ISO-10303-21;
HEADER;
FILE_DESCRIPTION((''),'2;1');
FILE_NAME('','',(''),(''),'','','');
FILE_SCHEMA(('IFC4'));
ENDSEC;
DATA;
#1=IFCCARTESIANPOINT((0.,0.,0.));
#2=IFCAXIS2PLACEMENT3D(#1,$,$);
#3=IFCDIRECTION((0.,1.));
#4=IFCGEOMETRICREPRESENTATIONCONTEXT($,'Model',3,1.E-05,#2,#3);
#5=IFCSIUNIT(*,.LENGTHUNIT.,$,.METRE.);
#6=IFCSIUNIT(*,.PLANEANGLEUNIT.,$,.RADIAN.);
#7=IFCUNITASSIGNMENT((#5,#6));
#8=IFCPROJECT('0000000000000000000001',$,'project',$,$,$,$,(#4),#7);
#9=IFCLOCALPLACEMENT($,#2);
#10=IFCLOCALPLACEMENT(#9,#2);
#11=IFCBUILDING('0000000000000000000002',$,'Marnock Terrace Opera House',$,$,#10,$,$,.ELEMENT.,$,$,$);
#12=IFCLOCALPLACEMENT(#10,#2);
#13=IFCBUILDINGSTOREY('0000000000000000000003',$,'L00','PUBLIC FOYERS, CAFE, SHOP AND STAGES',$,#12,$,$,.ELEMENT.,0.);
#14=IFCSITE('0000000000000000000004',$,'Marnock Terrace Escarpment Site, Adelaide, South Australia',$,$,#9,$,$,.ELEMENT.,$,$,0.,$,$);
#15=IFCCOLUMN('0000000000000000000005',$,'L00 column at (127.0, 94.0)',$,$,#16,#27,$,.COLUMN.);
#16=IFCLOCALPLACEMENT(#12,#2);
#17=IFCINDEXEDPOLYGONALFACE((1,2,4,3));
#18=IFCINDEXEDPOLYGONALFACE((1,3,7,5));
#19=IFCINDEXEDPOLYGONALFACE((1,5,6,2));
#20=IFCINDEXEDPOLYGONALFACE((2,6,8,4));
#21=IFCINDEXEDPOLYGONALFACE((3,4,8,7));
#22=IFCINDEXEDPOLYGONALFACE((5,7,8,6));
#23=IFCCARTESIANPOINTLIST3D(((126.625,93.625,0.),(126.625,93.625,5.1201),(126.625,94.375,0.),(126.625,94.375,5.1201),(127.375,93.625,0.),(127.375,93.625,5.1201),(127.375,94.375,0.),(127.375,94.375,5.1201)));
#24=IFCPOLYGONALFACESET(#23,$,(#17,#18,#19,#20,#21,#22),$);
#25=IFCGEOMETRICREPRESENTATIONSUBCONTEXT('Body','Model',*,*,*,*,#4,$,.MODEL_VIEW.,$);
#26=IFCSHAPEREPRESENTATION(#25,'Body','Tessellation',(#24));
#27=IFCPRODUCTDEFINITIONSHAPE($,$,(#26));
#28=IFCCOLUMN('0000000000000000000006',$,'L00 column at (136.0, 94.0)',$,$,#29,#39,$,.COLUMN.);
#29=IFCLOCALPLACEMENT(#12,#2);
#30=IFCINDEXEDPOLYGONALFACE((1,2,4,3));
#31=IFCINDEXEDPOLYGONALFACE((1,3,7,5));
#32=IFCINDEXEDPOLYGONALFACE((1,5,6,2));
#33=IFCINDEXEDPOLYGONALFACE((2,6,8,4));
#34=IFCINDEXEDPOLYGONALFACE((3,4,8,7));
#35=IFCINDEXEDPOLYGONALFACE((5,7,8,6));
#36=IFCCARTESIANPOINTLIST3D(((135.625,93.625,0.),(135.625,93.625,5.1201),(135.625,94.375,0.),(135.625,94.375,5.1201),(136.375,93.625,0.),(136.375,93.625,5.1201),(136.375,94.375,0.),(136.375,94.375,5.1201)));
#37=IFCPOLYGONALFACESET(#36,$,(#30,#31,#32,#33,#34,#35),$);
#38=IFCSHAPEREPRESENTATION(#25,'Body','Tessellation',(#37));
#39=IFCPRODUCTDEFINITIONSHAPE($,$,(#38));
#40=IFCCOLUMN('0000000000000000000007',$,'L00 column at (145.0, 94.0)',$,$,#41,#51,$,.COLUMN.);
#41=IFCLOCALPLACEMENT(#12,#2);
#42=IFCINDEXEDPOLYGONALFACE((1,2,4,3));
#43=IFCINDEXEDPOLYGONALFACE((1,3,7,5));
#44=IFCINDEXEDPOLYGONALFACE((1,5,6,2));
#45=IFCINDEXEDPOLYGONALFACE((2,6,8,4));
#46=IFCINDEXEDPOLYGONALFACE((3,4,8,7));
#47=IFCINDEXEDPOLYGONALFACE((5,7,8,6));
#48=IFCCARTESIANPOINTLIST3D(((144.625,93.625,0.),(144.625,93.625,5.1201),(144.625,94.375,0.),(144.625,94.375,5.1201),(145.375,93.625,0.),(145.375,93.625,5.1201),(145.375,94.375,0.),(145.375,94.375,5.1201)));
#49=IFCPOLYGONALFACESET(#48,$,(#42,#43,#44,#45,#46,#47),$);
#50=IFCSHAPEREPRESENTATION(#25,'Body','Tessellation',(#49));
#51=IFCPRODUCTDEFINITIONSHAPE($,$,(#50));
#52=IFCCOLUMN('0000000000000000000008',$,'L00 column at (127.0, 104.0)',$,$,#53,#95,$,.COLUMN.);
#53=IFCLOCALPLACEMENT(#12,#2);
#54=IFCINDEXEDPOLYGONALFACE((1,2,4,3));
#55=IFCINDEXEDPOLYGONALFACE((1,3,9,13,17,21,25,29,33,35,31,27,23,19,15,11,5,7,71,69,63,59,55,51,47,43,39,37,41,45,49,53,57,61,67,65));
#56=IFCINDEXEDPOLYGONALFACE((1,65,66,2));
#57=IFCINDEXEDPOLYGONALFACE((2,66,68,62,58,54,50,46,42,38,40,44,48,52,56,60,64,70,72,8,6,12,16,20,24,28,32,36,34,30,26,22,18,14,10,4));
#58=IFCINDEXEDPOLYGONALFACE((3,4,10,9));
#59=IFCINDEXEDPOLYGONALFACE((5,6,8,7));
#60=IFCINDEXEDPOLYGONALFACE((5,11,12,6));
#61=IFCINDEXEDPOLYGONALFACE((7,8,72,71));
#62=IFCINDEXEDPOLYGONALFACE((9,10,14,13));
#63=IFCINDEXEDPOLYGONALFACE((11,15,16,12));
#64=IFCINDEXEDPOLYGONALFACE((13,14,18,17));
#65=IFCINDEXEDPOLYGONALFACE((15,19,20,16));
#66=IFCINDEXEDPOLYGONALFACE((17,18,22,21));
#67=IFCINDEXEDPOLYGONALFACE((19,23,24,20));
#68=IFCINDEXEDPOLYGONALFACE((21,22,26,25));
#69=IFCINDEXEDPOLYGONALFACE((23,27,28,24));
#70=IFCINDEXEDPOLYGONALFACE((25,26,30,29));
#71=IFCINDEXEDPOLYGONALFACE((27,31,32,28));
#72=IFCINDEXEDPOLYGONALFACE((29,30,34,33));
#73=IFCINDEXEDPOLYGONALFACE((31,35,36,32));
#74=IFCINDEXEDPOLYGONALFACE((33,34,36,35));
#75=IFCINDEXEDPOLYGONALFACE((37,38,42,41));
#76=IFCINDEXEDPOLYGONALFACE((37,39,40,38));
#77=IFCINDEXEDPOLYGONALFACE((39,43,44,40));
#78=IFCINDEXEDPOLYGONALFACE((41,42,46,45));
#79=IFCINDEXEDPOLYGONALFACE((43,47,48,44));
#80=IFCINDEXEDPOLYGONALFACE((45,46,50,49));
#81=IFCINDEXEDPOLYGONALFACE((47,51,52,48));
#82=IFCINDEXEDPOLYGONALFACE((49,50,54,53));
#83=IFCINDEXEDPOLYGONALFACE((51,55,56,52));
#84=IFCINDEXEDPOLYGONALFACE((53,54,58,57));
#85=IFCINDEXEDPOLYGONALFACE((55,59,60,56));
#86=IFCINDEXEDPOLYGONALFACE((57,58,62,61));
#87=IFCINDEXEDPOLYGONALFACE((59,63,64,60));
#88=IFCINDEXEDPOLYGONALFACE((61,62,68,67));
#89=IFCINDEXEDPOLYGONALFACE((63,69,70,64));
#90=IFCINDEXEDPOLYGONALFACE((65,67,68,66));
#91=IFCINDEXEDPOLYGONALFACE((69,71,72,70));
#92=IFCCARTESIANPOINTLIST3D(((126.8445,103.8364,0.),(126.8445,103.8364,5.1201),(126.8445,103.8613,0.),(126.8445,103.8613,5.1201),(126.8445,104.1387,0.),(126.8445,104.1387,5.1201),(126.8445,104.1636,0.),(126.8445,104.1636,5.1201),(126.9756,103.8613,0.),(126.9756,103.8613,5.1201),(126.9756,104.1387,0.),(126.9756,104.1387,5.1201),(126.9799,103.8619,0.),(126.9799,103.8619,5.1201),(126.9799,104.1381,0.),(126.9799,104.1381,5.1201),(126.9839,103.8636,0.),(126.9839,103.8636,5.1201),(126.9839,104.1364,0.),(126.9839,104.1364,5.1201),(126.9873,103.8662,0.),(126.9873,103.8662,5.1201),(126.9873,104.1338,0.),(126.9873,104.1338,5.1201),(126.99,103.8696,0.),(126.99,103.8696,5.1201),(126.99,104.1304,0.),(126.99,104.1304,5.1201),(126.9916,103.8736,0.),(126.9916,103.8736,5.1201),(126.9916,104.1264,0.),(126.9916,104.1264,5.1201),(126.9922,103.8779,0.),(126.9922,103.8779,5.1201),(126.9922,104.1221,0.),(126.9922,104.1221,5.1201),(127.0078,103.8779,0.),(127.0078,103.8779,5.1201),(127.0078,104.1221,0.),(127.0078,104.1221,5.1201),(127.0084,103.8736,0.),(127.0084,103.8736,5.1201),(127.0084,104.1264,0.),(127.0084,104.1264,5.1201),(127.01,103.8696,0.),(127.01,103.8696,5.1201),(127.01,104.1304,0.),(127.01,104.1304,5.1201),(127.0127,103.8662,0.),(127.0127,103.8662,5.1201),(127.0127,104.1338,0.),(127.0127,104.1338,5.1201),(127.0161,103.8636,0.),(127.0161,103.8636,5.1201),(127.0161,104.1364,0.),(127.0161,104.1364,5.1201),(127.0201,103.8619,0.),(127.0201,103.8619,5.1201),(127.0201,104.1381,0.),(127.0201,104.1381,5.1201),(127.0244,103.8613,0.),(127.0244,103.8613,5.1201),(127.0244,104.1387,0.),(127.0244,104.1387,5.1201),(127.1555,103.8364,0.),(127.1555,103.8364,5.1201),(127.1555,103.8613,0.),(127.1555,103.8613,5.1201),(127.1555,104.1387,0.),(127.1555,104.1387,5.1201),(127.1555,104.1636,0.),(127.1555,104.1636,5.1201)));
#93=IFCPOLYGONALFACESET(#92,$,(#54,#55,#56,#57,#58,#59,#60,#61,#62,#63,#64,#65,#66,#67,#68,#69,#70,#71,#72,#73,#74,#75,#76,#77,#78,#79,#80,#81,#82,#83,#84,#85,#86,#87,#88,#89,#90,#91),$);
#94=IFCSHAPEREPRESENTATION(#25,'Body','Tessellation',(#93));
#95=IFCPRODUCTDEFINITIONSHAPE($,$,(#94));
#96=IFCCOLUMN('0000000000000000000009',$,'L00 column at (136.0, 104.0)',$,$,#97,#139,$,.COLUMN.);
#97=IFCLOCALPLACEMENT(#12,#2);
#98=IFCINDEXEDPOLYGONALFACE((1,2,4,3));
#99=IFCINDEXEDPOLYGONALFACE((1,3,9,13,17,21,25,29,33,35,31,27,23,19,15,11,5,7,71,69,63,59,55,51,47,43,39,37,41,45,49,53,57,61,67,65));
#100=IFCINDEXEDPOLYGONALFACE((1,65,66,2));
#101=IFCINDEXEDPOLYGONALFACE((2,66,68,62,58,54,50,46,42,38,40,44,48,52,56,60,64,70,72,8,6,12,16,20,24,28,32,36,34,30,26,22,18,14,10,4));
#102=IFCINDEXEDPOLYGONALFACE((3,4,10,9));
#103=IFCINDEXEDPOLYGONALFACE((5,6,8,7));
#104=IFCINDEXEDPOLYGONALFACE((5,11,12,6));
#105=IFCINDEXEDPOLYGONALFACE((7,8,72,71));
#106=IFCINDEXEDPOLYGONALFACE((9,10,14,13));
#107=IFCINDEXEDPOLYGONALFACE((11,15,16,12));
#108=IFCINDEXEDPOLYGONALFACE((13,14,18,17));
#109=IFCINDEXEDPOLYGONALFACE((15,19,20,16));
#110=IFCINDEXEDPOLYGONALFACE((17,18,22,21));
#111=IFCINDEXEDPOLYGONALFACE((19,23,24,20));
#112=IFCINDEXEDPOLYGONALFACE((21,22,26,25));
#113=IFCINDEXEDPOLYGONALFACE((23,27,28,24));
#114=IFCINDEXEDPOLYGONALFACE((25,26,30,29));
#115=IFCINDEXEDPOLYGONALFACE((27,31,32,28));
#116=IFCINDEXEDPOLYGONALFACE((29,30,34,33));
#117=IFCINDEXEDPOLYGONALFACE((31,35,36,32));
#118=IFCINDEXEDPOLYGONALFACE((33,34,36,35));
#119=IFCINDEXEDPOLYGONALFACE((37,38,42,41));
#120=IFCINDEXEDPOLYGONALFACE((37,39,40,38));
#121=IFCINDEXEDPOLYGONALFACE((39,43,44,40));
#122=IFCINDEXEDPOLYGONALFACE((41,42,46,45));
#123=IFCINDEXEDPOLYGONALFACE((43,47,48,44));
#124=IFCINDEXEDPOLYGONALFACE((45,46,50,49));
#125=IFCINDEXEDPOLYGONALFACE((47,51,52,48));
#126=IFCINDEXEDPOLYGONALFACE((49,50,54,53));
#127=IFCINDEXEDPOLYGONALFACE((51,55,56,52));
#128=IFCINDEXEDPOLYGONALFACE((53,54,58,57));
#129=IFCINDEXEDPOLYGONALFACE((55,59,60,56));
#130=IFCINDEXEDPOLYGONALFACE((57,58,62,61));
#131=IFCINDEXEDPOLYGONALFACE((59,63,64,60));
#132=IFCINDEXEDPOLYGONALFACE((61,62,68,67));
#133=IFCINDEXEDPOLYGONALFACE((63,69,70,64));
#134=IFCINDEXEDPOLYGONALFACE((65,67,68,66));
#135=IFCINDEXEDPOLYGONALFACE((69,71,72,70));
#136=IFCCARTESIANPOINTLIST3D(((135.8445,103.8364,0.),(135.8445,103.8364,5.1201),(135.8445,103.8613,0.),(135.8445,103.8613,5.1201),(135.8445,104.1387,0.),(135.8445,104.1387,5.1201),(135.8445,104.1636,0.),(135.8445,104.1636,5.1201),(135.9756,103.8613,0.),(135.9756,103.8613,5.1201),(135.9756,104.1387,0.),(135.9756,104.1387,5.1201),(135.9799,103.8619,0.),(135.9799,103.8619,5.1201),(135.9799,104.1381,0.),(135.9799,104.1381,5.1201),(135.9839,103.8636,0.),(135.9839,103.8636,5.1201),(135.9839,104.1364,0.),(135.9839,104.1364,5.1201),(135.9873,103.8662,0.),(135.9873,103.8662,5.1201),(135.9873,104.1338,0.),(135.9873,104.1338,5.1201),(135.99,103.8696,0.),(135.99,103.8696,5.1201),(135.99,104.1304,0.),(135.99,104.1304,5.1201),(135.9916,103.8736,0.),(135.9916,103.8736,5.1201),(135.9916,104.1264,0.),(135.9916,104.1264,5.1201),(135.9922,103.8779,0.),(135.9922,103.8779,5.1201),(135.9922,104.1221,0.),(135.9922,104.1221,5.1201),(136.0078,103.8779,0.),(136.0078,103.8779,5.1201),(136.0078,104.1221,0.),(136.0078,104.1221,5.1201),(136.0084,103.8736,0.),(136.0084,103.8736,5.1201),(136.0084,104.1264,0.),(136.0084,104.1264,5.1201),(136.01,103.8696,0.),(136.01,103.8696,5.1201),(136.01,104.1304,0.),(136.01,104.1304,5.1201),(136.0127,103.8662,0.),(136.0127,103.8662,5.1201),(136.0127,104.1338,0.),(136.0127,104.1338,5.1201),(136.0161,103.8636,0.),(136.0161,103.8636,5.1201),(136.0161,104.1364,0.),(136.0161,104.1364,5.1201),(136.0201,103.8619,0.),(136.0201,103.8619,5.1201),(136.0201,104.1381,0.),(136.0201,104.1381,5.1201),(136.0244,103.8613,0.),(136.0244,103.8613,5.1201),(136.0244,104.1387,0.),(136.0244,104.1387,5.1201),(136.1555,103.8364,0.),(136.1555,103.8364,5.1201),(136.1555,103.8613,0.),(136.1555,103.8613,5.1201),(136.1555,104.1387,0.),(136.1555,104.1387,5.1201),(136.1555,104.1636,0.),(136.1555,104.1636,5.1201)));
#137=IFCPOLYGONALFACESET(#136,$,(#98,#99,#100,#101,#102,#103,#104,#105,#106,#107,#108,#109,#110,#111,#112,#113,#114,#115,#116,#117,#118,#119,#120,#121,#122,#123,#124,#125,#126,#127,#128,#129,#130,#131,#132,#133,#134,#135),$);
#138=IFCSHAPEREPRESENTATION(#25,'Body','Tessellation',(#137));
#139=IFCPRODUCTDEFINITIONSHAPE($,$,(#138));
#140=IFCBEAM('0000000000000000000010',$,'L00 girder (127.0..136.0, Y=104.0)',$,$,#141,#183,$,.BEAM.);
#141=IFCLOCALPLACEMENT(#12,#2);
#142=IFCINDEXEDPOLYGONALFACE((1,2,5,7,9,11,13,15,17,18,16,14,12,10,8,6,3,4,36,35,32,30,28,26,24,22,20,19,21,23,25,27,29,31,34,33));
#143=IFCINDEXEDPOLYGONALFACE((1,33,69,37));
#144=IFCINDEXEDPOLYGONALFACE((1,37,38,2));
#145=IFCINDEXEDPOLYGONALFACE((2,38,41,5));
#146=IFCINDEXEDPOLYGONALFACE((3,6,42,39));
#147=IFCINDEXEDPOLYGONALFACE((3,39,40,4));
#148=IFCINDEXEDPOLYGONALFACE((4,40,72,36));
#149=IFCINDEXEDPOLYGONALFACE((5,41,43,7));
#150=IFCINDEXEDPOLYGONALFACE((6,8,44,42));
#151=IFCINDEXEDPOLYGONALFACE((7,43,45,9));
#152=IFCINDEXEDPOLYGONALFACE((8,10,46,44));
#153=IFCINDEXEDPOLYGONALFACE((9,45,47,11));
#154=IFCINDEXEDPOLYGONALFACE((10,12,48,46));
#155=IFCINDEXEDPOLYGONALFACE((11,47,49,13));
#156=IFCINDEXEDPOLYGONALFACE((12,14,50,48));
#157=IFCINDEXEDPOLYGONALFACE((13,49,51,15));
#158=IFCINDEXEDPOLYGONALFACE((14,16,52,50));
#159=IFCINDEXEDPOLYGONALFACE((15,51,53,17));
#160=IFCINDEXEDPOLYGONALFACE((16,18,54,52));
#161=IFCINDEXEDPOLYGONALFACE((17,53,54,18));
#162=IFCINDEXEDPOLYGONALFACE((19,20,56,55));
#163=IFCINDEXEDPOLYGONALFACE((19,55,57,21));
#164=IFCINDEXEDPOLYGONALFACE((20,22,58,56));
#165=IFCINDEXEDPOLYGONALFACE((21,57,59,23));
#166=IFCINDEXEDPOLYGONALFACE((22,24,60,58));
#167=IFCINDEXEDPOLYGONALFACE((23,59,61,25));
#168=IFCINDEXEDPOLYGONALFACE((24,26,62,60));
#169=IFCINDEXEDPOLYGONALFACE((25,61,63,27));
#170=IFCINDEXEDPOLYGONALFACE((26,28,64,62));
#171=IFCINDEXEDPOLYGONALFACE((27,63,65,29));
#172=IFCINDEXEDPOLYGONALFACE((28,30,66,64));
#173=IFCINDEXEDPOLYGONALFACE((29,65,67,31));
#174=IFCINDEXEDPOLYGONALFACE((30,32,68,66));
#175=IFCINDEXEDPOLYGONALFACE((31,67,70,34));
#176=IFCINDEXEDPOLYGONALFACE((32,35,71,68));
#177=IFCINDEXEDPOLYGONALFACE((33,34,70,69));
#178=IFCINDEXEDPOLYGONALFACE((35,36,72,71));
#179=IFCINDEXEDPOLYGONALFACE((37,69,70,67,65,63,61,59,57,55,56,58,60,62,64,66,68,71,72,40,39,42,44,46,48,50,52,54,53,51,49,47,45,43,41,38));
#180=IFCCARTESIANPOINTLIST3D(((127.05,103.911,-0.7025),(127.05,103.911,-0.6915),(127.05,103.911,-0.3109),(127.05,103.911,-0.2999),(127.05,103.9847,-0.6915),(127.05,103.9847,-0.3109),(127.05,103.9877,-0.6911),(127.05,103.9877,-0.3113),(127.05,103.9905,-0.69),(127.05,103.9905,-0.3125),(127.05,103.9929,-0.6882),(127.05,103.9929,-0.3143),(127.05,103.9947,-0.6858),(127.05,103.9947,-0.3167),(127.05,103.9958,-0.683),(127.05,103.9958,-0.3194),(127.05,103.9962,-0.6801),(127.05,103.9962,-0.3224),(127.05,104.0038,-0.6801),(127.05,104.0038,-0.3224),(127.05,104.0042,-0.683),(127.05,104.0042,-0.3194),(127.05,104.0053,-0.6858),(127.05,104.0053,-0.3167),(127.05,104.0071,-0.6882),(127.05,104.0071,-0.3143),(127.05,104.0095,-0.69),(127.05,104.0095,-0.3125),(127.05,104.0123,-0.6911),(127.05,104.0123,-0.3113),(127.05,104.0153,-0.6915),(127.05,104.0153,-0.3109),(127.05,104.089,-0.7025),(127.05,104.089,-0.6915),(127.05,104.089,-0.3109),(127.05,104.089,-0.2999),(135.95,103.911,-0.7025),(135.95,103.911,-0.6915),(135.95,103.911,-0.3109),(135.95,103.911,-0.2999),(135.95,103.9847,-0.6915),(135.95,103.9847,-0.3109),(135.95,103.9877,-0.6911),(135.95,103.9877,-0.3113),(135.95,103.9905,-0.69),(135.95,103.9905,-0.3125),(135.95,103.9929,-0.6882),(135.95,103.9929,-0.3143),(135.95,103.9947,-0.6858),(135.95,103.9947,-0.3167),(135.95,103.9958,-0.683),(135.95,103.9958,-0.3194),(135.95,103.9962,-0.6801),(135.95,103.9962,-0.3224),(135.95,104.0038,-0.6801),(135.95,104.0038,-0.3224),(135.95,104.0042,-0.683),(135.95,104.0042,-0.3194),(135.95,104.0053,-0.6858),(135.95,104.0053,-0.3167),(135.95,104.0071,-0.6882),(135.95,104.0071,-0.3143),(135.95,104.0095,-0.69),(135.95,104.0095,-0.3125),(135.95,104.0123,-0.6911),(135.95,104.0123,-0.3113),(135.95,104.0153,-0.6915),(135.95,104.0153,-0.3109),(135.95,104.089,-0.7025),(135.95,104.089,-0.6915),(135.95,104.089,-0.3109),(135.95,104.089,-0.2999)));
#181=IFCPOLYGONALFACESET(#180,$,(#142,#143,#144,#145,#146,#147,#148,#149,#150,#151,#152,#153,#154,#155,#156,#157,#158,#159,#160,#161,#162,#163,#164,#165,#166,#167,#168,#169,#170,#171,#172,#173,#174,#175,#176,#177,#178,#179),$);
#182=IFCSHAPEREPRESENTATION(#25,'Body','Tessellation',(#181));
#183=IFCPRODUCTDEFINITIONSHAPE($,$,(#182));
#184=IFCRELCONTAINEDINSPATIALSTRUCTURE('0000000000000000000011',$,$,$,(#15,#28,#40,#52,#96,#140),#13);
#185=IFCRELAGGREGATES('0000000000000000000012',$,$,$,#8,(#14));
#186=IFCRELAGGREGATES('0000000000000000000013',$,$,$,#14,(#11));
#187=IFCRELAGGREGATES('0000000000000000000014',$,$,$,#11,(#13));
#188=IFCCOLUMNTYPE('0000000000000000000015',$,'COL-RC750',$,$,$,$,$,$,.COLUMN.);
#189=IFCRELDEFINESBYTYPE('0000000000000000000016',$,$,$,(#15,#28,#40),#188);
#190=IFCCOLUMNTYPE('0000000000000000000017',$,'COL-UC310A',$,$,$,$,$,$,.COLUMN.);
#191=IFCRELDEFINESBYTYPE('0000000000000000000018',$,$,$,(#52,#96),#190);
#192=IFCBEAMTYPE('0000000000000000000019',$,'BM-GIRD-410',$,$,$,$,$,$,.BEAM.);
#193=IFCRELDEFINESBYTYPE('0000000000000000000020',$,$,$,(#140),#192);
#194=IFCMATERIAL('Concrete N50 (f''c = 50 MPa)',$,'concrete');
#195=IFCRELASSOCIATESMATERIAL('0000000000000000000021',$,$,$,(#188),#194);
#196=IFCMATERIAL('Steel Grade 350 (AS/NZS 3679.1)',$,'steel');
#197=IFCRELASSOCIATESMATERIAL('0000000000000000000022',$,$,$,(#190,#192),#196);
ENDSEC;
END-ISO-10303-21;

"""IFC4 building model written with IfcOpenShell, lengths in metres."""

from ifc_helpers import new_model, si_unit, direction, frame, origin, origin_2d, place, context, subcontext, project, spatial, rectangle, i_section, extrude, material, material_profile, profile_set, type_object, element, save


model = new_model("IFC4")

# Units and contexts
model_context = context("Model", 3, precision=1e-05, world=origin(), true_north=direction((0.0, 1.0)))
body_context = subcontext(model_context, "Body", "Model", "MODEL_VIEW")
ifc_project = project(units=[si_unit("LENGTHUNIT", "METRE"), si_unit("PLANEANGLEUNIT", "RADIAN")], contexts=[model_context])

# Site, building, storey
site_placement = place(None, origin())
site = spatial("IfcSite", under=ifc_project, at=site_placement, Name="Marnock Terrace Escarpment Site, Adelaide, South Australia", CompositionType="ELEMENT", RefElevation=0.0)
building_placement = place(site_placement, origin())
building = spatial("IfcBuilding", under=site, at=building_placement, Name="Marnock Terrace Opera House", CompositionType="ELEMENT")
storey_placement = place(building_placement, origin())
storey = spatial("IfcBuildingStorey", under=building, at=storey_placement, Name="L00", Description="PUBLIC FOYERS, CAFE, SHOP AND STAGES", CompositionType="ELEMENT", Elevation=0.0)

# Columns
ifc_material_1 = material(Name="Concrete N50 (f'c = 50 MPa)", Category="concrete")
ifc_material_profile_1 = material_profile(ifc_material_1, rectangle(XDim=0.75, YDim=0.75, at=origin_2d()))
ifc_profile_set_1 = profile_set([ifc_material_profile_1], Name="Concrete N50 (f'c = 50 MPa)")
column_type_1 = type_object("IfcColumnType", Name="COL-RC750", PredefinedType="COLUMN", material=ifc_profile_set_1)
for number, where, z_axis, x_axis, name in (
    (1, (127.0, 94.0, 0.0), (0.0, 0.0, 1.0), (1.0, 0.0, 0.0), "L00 column at (127.0, 94.0)"),
    (2, (136.0, 94.0, 0.0), (0.0, 0.0, 1.0), (1.0, 0.0, 0.0), "L00 column at (136.0, 94.0)"),
    (3, (145.0, 94.0, 0.0), (0.0, 0.0, 1.0), (1.0, 0.0, 0.0), "L00 column at (145.0, 94.0)"),
):
    element("IfcColumn", number, at=place(storey_placement, frame(where, z_axis=z_axis, x_axis=x_axis)), inside=storey, type_object=column_type_1, Name=name, PredefinedType="COLUMN", context=body_context, shape_type="SweptSolid", body=[
        extrude(rectangle(XDim=0.75, YDim=0.75, at=origin_2d()), origin(), (0.0, 0.0, 1.0), 5.1201),
    ])
ifc_material_2 = material(Name="Steel Grade 350 (AS/NZS 3679.1)", Category="steel")
ifc_material_profile_2 = material_profile(ifc_material_2, i_section(OverallWidth=0.311, OverallDepth=0.3271, WebThickness=0.0156, FlangeThickness=0.0249, FilletRadius=0.0166, at=origin_2d()))
ifc_profile_set_2 = profile_set([ifc_material_profile_2], Name="Steel Grade 350 (AS/NZS 3679.1)")
column_type_2 = type_object("IfcColumnType", Name="COL-UC310A", PredefinedType="COLUMN", material=ifc_profile_set_2)
for number, where, z_axis, x_axis, name in (
    (4, (127.0, 104.0, 0.0), (0.0, 0.0, 1.0), (1.0, 0.0, 0.0), "L00 column at (127.0, 104.0)"),
    (5, (136.0, 104.0, 0.0), (0.0, 0.0, 1.0), (1.0, 0.0, 0.0), "L00 column at (136.0, 104.0)"),
):
    element("IfcColumn", number, at=place(storey_placement, frame(where, z_axis=z_axis, x_axis=x_axis)), inside=storey, type_object=column_type_2, Name=name, PredefinedType="COLUMN", context=body_context, shape_type="SweptSolid", body=[
        extrude(i_section(OverallWidth=0.311, OverallDepth=0.3271, WebThickness=0.0156, FlangeThickness=0.0249, FilletRadius=0.0166, at=origin_2d()), origin(), (0.0, 0.0, 1.0), 5.1201),
    ])

# Beam
ifc_material_profile_3 = material_profile(ifc_material_2, i_section(OverallWidth=0.178, OverallDepth=0.4026, WebThickness=0.0076, FlangeThickness=0.011, FilletRadius=0.0115, at=origin_2d()))
ifc_profile_set_3 = profile_set([ifc_material_profile_3], Name="Steel Grade 350 (AS/NZS 3679.1)")
beam_type_1 = type_object("IfcBeamType", Name="BM-GIRD-410", PredefinedType="BEAM", material=ifc_profile_set_3)
beam_1_placement = place(storey_placement, frame((127.05, 104.0, -0.5012), z_axis=(1.0, 0.0, 0.0), x_axis=(0.0, 1.0, 0.0)))
element("IfcBeam", 6, at=beam_1_placement, inside=storey, type_object=beam_type_1, Name="L00 girder (127.0..136.0, Y=104.0)", PredefinedType="BEAM", context=body_context, shape_type="SweptSolid", body=[
    extrude(i_section(OverallWidth=0.178, OverallDepth=0.4026, WebThickness=0.0076, FlangeThickness=0.011, FilletRadius=0.0115, at=origin_2d()), origin(), (0.0, 0.0, 1.0), 8.8999),
])

save(model, "model.ifc")
